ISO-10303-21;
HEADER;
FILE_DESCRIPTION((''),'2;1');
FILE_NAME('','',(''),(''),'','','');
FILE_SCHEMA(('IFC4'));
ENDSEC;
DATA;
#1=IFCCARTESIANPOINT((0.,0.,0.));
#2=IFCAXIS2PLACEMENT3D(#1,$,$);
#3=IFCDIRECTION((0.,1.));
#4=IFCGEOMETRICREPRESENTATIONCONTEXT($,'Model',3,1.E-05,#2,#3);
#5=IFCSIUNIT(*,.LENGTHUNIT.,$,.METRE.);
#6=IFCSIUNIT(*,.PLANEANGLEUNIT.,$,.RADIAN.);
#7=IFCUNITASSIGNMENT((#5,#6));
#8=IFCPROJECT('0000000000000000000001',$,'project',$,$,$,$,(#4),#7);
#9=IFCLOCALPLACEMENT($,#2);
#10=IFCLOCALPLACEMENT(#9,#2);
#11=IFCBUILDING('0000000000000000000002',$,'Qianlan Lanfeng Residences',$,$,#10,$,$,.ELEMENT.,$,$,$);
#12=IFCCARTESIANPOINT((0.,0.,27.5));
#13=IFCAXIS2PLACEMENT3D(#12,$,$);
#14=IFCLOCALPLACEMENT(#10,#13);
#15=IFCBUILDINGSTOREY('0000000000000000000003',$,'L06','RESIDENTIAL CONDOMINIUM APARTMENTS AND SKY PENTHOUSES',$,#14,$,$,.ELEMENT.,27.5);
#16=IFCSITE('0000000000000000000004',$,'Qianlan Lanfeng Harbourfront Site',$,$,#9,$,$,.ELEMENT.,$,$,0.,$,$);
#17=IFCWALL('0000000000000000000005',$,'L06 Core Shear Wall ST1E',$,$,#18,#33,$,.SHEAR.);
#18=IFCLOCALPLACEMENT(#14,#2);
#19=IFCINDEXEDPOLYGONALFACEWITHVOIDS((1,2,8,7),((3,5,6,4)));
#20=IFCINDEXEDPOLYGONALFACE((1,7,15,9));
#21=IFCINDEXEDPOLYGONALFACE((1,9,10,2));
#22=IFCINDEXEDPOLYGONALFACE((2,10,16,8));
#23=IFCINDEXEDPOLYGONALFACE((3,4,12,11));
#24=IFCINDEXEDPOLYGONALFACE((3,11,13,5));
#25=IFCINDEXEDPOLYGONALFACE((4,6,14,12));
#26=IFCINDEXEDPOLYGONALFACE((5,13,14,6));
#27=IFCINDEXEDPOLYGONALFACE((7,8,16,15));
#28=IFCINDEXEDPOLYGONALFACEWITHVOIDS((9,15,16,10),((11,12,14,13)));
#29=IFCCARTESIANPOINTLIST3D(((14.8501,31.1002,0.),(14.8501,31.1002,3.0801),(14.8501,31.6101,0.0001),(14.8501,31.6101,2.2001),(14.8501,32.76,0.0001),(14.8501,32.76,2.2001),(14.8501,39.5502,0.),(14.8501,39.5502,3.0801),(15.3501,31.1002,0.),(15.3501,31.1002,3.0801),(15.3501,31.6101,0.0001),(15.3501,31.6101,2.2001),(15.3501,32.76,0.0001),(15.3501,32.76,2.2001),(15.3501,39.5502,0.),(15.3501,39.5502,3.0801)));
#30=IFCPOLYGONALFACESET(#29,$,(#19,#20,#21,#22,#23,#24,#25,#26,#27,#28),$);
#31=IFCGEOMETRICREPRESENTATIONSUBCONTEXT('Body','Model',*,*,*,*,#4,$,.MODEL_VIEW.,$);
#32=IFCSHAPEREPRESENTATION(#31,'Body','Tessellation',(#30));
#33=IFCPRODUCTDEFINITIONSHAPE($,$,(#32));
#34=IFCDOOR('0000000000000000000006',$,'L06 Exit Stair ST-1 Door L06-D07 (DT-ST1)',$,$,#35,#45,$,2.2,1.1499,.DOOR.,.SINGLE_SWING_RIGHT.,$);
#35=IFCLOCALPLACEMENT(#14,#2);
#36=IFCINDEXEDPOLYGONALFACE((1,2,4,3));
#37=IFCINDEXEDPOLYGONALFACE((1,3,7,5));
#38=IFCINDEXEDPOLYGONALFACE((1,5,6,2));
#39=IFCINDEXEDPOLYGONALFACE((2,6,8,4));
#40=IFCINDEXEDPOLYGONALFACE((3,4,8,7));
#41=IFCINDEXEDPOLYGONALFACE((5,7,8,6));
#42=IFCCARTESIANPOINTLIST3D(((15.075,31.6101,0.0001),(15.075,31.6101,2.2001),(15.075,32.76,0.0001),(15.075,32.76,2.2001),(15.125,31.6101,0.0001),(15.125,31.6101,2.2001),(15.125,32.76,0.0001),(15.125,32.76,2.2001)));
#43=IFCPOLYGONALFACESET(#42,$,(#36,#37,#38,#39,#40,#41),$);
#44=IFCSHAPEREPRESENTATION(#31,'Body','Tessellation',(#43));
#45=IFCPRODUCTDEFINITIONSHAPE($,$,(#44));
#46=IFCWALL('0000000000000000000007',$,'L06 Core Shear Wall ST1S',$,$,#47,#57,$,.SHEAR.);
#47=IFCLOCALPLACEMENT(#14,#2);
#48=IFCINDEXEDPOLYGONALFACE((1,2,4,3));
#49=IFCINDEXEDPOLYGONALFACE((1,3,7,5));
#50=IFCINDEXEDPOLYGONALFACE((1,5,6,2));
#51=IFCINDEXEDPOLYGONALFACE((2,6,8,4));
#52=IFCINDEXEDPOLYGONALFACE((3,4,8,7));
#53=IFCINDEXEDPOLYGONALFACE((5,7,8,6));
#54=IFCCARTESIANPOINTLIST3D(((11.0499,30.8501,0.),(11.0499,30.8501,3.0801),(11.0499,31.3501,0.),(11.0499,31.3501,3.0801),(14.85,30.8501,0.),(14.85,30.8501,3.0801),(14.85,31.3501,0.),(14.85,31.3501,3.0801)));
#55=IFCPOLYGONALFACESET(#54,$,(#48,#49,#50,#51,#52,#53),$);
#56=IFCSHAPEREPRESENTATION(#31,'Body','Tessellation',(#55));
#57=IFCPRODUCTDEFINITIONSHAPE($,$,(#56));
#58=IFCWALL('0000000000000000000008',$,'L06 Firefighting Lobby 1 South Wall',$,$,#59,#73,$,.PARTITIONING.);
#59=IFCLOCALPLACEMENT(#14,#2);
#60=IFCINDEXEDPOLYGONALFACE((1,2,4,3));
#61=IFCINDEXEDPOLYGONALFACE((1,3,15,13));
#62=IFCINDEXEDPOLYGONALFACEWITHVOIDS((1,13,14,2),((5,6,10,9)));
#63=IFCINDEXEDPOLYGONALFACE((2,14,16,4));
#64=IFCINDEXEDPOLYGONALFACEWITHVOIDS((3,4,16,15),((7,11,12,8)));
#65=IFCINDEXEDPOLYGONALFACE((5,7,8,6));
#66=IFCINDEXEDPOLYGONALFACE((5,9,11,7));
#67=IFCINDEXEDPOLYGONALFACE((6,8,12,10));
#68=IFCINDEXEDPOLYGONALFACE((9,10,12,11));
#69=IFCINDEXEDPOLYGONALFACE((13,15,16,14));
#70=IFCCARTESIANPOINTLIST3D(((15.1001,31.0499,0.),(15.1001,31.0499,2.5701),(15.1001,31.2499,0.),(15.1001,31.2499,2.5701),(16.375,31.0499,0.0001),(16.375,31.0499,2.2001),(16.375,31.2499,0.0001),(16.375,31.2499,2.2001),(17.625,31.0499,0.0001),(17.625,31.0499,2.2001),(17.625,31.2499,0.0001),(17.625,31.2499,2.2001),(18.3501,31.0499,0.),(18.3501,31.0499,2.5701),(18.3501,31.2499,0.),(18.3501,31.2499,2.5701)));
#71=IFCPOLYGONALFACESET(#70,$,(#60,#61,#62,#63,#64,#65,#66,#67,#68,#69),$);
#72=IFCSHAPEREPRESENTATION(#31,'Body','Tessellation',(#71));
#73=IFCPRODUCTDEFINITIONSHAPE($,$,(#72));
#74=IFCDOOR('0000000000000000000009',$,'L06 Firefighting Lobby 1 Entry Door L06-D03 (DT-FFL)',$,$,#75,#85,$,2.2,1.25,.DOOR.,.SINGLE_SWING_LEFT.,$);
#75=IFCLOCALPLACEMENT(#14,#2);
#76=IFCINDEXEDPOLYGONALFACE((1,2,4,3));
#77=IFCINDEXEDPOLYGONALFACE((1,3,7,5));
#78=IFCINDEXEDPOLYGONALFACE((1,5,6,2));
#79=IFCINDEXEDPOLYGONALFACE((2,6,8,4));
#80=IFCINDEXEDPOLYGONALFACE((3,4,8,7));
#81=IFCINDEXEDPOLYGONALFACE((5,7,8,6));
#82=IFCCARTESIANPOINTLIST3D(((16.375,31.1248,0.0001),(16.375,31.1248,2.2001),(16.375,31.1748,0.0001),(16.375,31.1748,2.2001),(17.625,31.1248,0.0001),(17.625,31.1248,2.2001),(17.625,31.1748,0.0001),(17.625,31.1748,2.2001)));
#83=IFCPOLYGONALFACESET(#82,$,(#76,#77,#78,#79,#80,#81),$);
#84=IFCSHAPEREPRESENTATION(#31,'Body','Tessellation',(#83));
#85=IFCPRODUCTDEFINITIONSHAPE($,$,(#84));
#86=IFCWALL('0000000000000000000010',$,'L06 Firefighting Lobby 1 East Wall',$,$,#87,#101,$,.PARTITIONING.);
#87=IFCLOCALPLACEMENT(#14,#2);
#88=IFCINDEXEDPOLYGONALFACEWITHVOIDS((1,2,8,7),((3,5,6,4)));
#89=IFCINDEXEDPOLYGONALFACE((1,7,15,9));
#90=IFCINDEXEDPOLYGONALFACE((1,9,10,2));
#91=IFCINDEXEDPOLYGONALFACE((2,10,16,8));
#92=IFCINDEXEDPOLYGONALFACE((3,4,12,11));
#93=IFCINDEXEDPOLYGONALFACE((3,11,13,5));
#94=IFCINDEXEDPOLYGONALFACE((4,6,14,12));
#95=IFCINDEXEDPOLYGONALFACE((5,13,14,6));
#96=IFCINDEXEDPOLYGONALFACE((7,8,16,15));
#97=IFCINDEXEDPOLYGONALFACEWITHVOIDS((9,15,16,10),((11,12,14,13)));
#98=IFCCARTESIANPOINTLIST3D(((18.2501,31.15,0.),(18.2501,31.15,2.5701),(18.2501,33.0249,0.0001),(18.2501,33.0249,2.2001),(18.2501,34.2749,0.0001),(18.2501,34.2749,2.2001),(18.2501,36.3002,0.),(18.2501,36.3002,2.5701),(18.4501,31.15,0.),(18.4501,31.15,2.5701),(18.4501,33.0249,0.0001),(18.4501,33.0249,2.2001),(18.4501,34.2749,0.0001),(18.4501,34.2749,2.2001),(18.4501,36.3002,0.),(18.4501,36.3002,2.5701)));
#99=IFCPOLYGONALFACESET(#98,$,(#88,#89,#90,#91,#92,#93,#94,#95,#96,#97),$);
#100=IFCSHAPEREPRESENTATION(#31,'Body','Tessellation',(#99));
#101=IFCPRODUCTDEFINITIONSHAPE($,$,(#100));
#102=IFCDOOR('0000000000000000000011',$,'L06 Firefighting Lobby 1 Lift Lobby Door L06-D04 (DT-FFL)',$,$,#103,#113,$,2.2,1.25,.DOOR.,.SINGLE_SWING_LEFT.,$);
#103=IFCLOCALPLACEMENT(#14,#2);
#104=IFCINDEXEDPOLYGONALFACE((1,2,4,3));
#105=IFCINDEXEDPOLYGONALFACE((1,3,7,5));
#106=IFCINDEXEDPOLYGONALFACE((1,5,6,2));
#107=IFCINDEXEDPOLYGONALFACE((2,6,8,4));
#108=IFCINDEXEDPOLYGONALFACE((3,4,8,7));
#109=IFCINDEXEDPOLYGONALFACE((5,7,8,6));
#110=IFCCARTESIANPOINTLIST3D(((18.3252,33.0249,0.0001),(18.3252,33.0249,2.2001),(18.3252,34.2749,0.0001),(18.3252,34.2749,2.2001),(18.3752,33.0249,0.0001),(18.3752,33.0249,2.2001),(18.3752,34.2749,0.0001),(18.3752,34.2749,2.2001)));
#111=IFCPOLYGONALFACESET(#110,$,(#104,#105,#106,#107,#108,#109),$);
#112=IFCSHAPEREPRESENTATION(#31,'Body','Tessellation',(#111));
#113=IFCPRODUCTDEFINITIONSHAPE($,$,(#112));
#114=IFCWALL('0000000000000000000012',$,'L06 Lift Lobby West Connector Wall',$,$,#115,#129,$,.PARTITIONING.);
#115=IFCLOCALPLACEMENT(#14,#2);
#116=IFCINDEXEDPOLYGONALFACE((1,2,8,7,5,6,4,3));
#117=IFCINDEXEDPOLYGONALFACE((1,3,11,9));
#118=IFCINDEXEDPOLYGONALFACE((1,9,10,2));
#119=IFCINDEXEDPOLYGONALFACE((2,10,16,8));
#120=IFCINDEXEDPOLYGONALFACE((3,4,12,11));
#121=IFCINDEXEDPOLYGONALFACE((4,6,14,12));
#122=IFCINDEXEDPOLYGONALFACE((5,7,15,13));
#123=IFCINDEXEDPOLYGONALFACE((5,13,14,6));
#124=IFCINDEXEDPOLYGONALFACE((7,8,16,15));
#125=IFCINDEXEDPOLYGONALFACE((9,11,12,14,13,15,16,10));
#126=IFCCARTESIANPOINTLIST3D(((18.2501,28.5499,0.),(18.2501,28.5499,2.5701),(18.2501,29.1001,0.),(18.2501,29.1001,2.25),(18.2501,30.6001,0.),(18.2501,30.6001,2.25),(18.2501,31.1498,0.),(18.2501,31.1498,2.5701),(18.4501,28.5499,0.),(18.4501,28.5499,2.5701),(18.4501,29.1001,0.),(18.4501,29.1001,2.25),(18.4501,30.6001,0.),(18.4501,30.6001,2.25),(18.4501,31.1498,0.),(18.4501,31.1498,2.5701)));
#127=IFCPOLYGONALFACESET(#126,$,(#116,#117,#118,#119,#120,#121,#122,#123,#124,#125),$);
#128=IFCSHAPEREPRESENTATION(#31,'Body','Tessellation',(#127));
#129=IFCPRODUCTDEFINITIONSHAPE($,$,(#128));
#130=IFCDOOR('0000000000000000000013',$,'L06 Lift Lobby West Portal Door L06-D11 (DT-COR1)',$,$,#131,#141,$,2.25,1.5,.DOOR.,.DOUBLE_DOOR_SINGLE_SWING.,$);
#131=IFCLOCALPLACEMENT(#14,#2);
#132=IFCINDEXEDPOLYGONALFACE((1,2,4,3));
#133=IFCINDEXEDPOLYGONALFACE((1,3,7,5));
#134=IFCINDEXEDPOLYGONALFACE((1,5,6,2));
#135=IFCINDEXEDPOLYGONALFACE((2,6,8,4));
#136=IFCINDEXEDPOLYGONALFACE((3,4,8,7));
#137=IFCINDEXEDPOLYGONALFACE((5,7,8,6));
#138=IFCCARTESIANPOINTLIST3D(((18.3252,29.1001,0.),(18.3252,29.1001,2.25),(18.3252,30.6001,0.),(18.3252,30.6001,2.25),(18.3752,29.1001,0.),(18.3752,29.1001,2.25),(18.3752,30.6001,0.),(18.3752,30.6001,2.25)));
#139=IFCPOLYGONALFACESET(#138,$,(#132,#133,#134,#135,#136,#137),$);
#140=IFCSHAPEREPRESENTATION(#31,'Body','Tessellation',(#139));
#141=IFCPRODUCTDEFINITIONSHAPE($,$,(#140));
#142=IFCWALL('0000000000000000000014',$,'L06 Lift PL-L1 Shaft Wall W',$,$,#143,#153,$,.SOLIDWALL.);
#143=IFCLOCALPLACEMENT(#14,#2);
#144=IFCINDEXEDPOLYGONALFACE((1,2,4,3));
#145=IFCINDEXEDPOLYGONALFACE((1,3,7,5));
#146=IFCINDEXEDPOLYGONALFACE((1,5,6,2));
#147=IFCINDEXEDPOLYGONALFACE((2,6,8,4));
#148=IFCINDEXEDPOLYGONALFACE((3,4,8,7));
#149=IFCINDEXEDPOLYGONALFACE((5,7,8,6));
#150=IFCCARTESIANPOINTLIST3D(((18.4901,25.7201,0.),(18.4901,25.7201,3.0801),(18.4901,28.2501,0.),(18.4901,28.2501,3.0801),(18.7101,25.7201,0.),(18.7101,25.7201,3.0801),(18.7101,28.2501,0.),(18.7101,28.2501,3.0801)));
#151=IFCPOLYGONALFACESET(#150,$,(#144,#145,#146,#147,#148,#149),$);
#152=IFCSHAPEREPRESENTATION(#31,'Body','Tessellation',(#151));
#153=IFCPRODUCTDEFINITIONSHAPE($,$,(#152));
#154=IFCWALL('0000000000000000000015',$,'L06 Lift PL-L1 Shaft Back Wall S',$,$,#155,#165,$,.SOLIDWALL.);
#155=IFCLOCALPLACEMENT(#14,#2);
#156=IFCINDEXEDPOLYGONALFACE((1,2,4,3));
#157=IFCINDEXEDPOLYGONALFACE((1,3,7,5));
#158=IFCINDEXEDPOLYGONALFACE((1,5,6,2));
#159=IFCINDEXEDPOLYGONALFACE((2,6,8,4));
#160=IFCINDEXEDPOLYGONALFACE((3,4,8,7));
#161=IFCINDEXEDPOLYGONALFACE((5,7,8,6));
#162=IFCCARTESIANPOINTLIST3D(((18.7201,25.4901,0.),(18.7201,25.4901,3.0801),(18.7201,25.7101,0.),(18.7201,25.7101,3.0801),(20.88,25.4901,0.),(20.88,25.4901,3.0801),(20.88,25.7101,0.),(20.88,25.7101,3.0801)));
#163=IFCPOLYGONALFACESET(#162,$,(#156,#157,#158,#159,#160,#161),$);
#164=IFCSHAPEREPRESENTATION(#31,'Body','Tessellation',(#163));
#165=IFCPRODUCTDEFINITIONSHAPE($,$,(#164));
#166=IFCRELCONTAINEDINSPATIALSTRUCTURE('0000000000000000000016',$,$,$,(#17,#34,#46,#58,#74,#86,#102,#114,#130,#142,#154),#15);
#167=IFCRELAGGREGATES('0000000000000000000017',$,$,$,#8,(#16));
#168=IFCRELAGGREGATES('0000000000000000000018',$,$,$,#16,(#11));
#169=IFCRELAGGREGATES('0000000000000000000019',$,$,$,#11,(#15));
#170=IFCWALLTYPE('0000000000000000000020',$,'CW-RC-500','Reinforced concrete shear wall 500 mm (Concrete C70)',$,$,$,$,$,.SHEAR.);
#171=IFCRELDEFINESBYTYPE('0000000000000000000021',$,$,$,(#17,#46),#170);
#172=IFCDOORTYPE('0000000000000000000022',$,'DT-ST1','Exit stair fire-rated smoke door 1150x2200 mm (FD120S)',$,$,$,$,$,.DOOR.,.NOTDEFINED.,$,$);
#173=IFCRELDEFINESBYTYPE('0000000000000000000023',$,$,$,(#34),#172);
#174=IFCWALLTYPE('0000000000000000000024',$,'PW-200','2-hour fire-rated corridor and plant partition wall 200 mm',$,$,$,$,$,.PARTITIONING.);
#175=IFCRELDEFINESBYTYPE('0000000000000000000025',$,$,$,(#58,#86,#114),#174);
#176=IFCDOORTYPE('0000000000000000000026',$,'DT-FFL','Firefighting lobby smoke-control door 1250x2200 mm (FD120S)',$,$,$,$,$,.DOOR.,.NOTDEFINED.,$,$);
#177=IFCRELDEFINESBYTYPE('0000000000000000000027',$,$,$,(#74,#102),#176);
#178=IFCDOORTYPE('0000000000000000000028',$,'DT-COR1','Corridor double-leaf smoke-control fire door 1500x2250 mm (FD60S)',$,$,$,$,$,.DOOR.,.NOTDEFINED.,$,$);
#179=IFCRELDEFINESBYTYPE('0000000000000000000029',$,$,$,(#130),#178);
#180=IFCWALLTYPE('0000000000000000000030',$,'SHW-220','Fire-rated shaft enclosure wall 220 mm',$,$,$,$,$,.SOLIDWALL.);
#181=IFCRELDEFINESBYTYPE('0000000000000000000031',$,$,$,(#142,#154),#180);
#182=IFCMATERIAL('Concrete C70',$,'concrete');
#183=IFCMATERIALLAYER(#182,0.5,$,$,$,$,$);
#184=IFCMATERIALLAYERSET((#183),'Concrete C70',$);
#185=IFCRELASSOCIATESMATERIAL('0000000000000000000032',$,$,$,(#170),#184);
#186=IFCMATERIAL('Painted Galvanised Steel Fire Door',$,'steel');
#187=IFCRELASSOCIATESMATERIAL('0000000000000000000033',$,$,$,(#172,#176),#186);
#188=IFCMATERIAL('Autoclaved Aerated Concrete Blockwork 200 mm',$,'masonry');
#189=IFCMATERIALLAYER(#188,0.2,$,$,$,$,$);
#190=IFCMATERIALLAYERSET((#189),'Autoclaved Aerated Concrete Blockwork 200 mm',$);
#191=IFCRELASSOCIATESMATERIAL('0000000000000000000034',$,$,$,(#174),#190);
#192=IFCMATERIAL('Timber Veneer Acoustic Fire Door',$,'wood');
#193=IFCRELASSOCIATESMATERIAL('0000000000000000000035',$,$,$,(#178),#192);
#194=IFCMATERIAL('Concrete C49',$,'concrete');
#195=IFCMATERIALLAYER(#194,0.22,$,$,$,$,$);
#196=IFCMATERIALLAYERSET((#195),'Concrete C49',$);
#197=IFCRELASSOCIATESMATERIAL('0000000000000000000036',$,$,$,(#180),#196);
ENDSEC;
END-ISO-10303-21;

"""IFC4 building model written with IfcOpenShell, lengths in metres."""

from ifc_helpers import new_model, si_unit, direction, frame, frame_2d, origin, place, context, subcontext, project, spatial, rectangle, extrude, material, layer, layer_set, type_object, element, fill, save


model = new_model("IFC4")

# Units and contexts
model_context = context("Model", 3, precision=1e-05, world=origin(), true_north=direction((0.0, 1.0)))
body_context = subcontext(model_context, "Body", "Model", "MODEL_VIEW")
ifc_project = project(units=[si_unit("LENGTHUNIT", "METRE"), si_unit("PLANEANGLEUNIT", "RADIAN")], contexts=[model_context])

# Site, building, storey
site_placement = place(None, origin())
site = spatial("IfcSite", under=ifc_project, at=site_placement, Name="Qianlan Lanfeng Harbourfront Site", CompositionType="ELEMENT", RefElevation=0.0)
building_placement = place(site_placement, origin())
building = spatial("IfcBuilding", under=site, at=building_placement, Name="Qianlan Lanfeng Residences", CompositionType="ELEMENT")
storey_placement = place(building_placement, frame((0.0, 0.0, 27.5)))
storey = spatial("IfcBuildingStorey", under=building, at=storey_placement, Name="L06", Description="RESIDENTIAL CONDOMINIUM APARTMENTS AND SKY PENTHOUSES", CompositionType="ELEMENT", Elevation=27.5)

# Wall, opening, door
ifc_material_1 = material(Name="Concrete C70", Category="concrete")
ifc_layer_1 = layer(ifc_material_1, 0.5)
ifc_layer_set_1 = layer_set([ifc_layer_1], Name="Concrete C70")
wall_type_1 = type_object("IfcWallType", Name="CW-RC-500", Description="Reinforced concrete shear wall 500 mm (Concrete C70)", PredefinedType="SHEAR", material=ifc_layer_set_1)
wall_1_placement = place(storey_placement, frame((15.1001, 31.1001, 0.0), z_axis=(0.0, 0.0, 1.0), x_axis=(0.0, 1.0, 0.0)))
wall_1 = element("IfcWall", 1, at=wall_1_placement, inside=storey, type_object=wall_type_1, Name="L06 Core Shear Wall ST1E", PredefinedType="SHEAR", context=body_context, shape_type="SweptSolid", body=[
    extrude(rectangle(XDim=8.45, YDim=0.5, at=frame_2d((4.2251, 0.0))), origin(), (0.0, 0.0, 1.0), 3.0801),
])
opening_1_placement = place(wall_1_placement, frame((0.51, 0.0, 0.0)))
opening_1 = element("IfcOpeningElement", 2, at=opening_1_placement, cuts=wall_1, PredefinedType="OPENING", context=body_context, shape_type="SweptSolid", body=[
    extrude(rectangle(XDim=1.1499, YDim=2.2, at=frame_2d((0.575, 1.1001))), frame((0.0, 0.26, 0.0), z_axis=(0.0, -1.0, 0.0), x_axis=(1.0, 0.0, 0.0)), (0.0, 0.0, 1.0), 0.52),
])
ifc_material_2 = material(Name="Painted Galvanised Steel Fire Door", Category="steel")
door_type_1 = type_object("IfcDoorType", Name="DT-ST1", Description="Exit stair fire-rated smoke door 1150x2200 mm (FD120S)", OperationType="NOTDEFINED", PredefinedType="DOOR", material=ifc_material_2)
door_1_placement = place(opening_1_placement, frame((1.1499, 0.0, 0.0), z_axis=(0.0, 0.0, 1.0), x_axis=(-1.0, 0.0, 0.0)))
door_1 = element("IfcDoor", 3, at=door_1_placement, inside=storey, type_object=door_type_1, Name="L06 Exit Stair ST-1 Door L06-D07 (DT-ST1)", OperationType="SINGLE_SWING_RIGHT", OverallHeight=2.2, OverallWidth=1.1499, PredefinedType="DOOR", context=body_context, shape_type="SweptSolid", body=[
    extrude(rectangle(XDim=1.1499, YDim=2.2, at=frame_2d((0.575, 1.1001))), frame((0.0, 0.0249, 0.0), z_axis=(0.0, -1.0, 0.0), x_axis=(1.0, 0.0, 0.0)), (0.0, 0.0, 1.0), 0.05),
])
fill(opening_1, door_1)

# Wall
wall_2_placement = place(storey_placement, frame((11.05, 31.1001, 0.0), z_axis=(0.0, 0.0, 1.0), x_axis=(1.0, 0.0, 0.0)))
element("IfcWall", 4, at=wall_2_placement, inside=storey, type_object=wall_type_1, Name="L06 Core Shear Wall ST1S", PredefinedType="SHEAR", context=body_context, shape_type="SweptSolid", body=[
    extrude(rectangle(XDim=3.8, YDim=0.5, at=frame_2d((1.8999, 0.0))), origin(), (0.0, 0.0, 1.0), 3.0801),
])

# Walls, openings, doors
ifc_material_3 = material(Name="Autoclaved Aerated Concrete Blockwork 200 mm", Category="masonry")
ifc_layer_2 = layer(ifc_material_3, 0.2)
ifc_layer_set_2 = layer_set([ifc_layer_2], Name="Autoclaved Aerated Concrete Blockwork 200 mm")
wall_type_2 = type_object("IfcWallType", Name="PW-200", Description="2-hour fire-rated corridor and plant partition wall 200 mm", PredefinedType="PARTITIONING", material=ifc_layer_set_2)
wall_3_placement = place(storey_placement, frame((15.1001, 31.1499, 0.0), z_axis=(0.0, 0.0, 1.0), x_axis=(1.0, 0.0, 0.0)))
wall_3 = element("IfcWall", 5, at=wall_3_placement, inside=storey, type_object=wall_type_2, Name="L06 Firefighting Lobby 1 South Wall", PredefinedType="PARTITIONING", context=body_context, shape_type="SweptSolid", body=[
    extrude(rectangle(XDim=3.25, YDim=0.2, at=frame_2d((1.625, 0.0))), origin(), (0.0, 0.0, 1.0), 2.5701),
])
opening_2_placement = place(wall_3_placement, frame((1.2749, 0.0, 0.0)))
opening_2 = element("IfcOpeningElement", 6, at=opening_2_placement, cuts=wall_3, PredefinedType="OPENING", context=body_context, shape_type="SweptSolid", body=[
    extrude(rectangle(XDim=1.25, YDim=2.2, at=frame_2d((0.625, 1.1001))), frame((0.0, 0.1099, 0.0), z_axis=(0.0, -1.0, 0.0), x_axis=(1.0, 0.0, 0.0)), (0.0, 0.0, 1.0), 0.22),
])
door_type_2 = type_object("IfcDoorType", Name="DT-FFL", Description="Firefighting lobby smoke-control door 1250x2200 mm (FD120S)", OperationType="NOTDEFINED", PredefinedType="DOOR", material=ifc_material_2)
door_2_placement = place(opening_2_placement, origin())
door_2 = element("IfcDoor", 7, at=door_2_placement, inside=storey, type_object=door_type_2, Name="L06 Firefighting Lobby 1 Entry Door L06-D03 (DT-FFL)", OperationType="SINGLE_SWING_LEFT", OverallHeight=2.2, OverallWidth=1.25, PredefinedType="DOOR", context=body_context, shape_type="SweptSolid", body=[
    extrude(rectangle(XDim=1.25, YDim=2.2, at=frame_2d((0.625, 1.1001))), frame((0.0, 0.0249, 0.0), z_axis=(0.0, -1.0, 0.0), x_axis=(1.0, 0.0, 0.0)), (0.0, 0.0, 1.0), 0.05),
])
fill(opening_2, door_2)
wall_4_placement = place(storey_placement, frame((18.3501, 31.1499, 0.0), z_axis=(0.0, 0.0, 1.0), x_axis=(0.0, 1.0, 0.0)))
wall_4 = element("IfcWall", 8, at=wall_4_placement, inside=storey, type_object=wall_type_2, Name="L06 Firefighting Lobby 1 East Wall", PredefinedType="PARTITIONING", context=body_context, shape_type="SweptSolid", body=[
    extrude(rectangle(XDim=5.1501, YDim=0.2, at=frame_2d((2.5752, 0.0))), origin(), (0.0, 0.0, 1.0), 2.5701),
])
opening_3_placement = place(wall_4_placement, frame((1.875, 0.0, 0.0)))
opening_3 = element("IfcOpeningElement", 9, at=opening_3_placement, cuts=wall_4, PredefinedType="OPENING", context=body_context, shape_type="SweptSolid", body=[
    extrude(rectangle(XDim=1.25, YDim=2.2, at=frame_2d((0.625, 1.1001))), frame((0.0, 0.1099, 0.0), z_axis=(0.0, -1.0, 0.0), x_axis=(1.0, 0.0, 0.0)), (0.0, 0.0, 1.0), 0.22),
])
door_3_placement = place(opening_3_placement, origin())
door_3 = element("IfcDoor", 10, at=door_3_placement, inside=storey, type_object=door_type_2, Name="L06 Firefighting Lobby 1 Lift Lobby Door L06-D04 (DT-FFL)", OperationType="SINGLE_SWING_LEFT", OverallHeight=2.2, OverallWidth=1.25, PredefinedType="DOOR", context=body_context, shape_type="SweptSolid", body=[
    extrude(rectangle(XDim=1.25, YDim=2.2, at=frame_2d((0.625, 1.1001))), frame((0.0, 0.0249, 0.0), z_axis=(0.0, -1.0, 0.0), x_axis=(1.0, 0.0, 0.0)), (0.0, 0.0, 1.0), 0.05),
])
fill(opening_3, door_3)
wall_5_placement = place(storey_placement, frame((18.3501, 28.55, 0.0), z_axis=(0.0, 0.0, 1.0), x_axis=(0.0, 1.0, 0.0)))
wall_5 = element("IfcWall", 11, at=wall_5_placement, inside=storey, type_object=wall_type_2, Name="L06 Lift Lobby West Connector Wall", PredefinedType="PARTITIONING", context=body_context, shape_type="SweptSolid", body=[
    extrude(rectangle(XDim=2.5999, YDim=0.2, at=frame_2d((1.2998, 0.0))), origin(), (0.0, 0.0, 1.0), 2.5701),
])
opening_4_placement = place(wall_5_placement, frame((0.55, 0.0, 0.0)))
opening_4 = element("IfcOpeningElement", 12, at=opening_4_placement, cuts=wall_5, PredefinedType="OPENING", context=body_context, shape_type="SweptSolid", body=[
    extrude(rectangle(XDim=1.5, YDim=2.25, at=frame_2d((0.75, 1.125))), frame((0.0, 0.1099, 0.0), z_axis=(0.0, -1.0, 0.0), x_axis=(1.0, 0.0, 0.0)), (0.0, 0.0, 1.0), 0.22),
])
ifc_material_4 = material(Name="Timber Veneer Acoustic Fire Door", Category="wood")
door_type_3 = type_object("IfcDoorType", Name="DT-COR1", Description="Corridor double-leaf smoke-control fire door 1500x2250 mm (FD60S)", OperationType="NOTDEFINED", PredefinedType="DOOR", material=ifc_material_4)
door_4_placement = place(opening_4_placement, origin())
door_4 = element("IfcDoor", 13, at=door_4_placement, inside=storey, type_object=door_type_3, Name="L06 Lift Lobby West Portal Door L06-D11 (DT-COR1)", OperationType="DOUBLE_DOOR_SINGLE_SWING", OverallHeight=2.25, OverallWidth=1.5, PredefinedType="DOOR", context=body_context, shape_type="SweptSolid", body=[
    extrude(rectangle(XDim=1.5, YDim=2.25, at=frame_2d((0.75, 1.125))), frame((0.0, 0.0249, 0.0), z_axis=(0.0, -1.0, 0.0), x_axis=(1.0, 0.0, 0.0)), (0.0, 0.0, 1.0), 0.05),
])
fill(opening_4, door_4)

# Walls
ifc_material_5 = material(Name="Concrete C49", Category="concrete")
ifc_layer_3 = layer(ifc_material_5, 0.22)
ifc_layer_set_3 = layer_set([ifc_layer_3], Name="Concrete C49")
wall_type_3 = type_object("IfcWallType", Name="SHW-220", Description="Fire-rated shaft enclosure wall 220 mm", PredefinedType="SOLIDWALL", material=ifc_layer_set_3)
wall_6_placement = place(storey_placement, frame((18.6001, 25.72, 0.0), z_axis=(0.0, 0.0, 1.0), x_axis=(0.0, 1.0, 0.0)))
element("IfcWall", 14, at=wall_6_placement, inside=storey, type_object=wall_type_3, Name="L06 Lift PL-L1 Shaft Wall W", PredefinedType="SOLIDWALL", context=body_context, shape_type="SweptSolid", body=[
    extrude(rectangle(XDim=2.53, YDim=0.22, at=frame_2d((1.2651, 0.0))), origin(), (0.0, 0.0, 1.0), 3.0801),
])
wall_7_placement = place(storey_placement, frame((18.72, 25.6001, 0.0), z_axis=(0.0, 0.0, 1.0), x_axis=(1.0, 0.0, 0.0)))
element("IfcWall", 15, at=wall_7_placement, inside=storey, type_object=wall_type_3, Name="L06 Lift PL-L1 Shaft Back Wall S", PredefinedType="SOLIDWALL", context=body_context, shape_type="SweptSolid", body=[
    extrude(rectangle(XDim=2.1599, YDim=0.22, at=frame_2d((1.0801, 0.0))), origin(), (0.0, 0.0, 1.0), 3.0801),
])

save(model, "model.ifc")
